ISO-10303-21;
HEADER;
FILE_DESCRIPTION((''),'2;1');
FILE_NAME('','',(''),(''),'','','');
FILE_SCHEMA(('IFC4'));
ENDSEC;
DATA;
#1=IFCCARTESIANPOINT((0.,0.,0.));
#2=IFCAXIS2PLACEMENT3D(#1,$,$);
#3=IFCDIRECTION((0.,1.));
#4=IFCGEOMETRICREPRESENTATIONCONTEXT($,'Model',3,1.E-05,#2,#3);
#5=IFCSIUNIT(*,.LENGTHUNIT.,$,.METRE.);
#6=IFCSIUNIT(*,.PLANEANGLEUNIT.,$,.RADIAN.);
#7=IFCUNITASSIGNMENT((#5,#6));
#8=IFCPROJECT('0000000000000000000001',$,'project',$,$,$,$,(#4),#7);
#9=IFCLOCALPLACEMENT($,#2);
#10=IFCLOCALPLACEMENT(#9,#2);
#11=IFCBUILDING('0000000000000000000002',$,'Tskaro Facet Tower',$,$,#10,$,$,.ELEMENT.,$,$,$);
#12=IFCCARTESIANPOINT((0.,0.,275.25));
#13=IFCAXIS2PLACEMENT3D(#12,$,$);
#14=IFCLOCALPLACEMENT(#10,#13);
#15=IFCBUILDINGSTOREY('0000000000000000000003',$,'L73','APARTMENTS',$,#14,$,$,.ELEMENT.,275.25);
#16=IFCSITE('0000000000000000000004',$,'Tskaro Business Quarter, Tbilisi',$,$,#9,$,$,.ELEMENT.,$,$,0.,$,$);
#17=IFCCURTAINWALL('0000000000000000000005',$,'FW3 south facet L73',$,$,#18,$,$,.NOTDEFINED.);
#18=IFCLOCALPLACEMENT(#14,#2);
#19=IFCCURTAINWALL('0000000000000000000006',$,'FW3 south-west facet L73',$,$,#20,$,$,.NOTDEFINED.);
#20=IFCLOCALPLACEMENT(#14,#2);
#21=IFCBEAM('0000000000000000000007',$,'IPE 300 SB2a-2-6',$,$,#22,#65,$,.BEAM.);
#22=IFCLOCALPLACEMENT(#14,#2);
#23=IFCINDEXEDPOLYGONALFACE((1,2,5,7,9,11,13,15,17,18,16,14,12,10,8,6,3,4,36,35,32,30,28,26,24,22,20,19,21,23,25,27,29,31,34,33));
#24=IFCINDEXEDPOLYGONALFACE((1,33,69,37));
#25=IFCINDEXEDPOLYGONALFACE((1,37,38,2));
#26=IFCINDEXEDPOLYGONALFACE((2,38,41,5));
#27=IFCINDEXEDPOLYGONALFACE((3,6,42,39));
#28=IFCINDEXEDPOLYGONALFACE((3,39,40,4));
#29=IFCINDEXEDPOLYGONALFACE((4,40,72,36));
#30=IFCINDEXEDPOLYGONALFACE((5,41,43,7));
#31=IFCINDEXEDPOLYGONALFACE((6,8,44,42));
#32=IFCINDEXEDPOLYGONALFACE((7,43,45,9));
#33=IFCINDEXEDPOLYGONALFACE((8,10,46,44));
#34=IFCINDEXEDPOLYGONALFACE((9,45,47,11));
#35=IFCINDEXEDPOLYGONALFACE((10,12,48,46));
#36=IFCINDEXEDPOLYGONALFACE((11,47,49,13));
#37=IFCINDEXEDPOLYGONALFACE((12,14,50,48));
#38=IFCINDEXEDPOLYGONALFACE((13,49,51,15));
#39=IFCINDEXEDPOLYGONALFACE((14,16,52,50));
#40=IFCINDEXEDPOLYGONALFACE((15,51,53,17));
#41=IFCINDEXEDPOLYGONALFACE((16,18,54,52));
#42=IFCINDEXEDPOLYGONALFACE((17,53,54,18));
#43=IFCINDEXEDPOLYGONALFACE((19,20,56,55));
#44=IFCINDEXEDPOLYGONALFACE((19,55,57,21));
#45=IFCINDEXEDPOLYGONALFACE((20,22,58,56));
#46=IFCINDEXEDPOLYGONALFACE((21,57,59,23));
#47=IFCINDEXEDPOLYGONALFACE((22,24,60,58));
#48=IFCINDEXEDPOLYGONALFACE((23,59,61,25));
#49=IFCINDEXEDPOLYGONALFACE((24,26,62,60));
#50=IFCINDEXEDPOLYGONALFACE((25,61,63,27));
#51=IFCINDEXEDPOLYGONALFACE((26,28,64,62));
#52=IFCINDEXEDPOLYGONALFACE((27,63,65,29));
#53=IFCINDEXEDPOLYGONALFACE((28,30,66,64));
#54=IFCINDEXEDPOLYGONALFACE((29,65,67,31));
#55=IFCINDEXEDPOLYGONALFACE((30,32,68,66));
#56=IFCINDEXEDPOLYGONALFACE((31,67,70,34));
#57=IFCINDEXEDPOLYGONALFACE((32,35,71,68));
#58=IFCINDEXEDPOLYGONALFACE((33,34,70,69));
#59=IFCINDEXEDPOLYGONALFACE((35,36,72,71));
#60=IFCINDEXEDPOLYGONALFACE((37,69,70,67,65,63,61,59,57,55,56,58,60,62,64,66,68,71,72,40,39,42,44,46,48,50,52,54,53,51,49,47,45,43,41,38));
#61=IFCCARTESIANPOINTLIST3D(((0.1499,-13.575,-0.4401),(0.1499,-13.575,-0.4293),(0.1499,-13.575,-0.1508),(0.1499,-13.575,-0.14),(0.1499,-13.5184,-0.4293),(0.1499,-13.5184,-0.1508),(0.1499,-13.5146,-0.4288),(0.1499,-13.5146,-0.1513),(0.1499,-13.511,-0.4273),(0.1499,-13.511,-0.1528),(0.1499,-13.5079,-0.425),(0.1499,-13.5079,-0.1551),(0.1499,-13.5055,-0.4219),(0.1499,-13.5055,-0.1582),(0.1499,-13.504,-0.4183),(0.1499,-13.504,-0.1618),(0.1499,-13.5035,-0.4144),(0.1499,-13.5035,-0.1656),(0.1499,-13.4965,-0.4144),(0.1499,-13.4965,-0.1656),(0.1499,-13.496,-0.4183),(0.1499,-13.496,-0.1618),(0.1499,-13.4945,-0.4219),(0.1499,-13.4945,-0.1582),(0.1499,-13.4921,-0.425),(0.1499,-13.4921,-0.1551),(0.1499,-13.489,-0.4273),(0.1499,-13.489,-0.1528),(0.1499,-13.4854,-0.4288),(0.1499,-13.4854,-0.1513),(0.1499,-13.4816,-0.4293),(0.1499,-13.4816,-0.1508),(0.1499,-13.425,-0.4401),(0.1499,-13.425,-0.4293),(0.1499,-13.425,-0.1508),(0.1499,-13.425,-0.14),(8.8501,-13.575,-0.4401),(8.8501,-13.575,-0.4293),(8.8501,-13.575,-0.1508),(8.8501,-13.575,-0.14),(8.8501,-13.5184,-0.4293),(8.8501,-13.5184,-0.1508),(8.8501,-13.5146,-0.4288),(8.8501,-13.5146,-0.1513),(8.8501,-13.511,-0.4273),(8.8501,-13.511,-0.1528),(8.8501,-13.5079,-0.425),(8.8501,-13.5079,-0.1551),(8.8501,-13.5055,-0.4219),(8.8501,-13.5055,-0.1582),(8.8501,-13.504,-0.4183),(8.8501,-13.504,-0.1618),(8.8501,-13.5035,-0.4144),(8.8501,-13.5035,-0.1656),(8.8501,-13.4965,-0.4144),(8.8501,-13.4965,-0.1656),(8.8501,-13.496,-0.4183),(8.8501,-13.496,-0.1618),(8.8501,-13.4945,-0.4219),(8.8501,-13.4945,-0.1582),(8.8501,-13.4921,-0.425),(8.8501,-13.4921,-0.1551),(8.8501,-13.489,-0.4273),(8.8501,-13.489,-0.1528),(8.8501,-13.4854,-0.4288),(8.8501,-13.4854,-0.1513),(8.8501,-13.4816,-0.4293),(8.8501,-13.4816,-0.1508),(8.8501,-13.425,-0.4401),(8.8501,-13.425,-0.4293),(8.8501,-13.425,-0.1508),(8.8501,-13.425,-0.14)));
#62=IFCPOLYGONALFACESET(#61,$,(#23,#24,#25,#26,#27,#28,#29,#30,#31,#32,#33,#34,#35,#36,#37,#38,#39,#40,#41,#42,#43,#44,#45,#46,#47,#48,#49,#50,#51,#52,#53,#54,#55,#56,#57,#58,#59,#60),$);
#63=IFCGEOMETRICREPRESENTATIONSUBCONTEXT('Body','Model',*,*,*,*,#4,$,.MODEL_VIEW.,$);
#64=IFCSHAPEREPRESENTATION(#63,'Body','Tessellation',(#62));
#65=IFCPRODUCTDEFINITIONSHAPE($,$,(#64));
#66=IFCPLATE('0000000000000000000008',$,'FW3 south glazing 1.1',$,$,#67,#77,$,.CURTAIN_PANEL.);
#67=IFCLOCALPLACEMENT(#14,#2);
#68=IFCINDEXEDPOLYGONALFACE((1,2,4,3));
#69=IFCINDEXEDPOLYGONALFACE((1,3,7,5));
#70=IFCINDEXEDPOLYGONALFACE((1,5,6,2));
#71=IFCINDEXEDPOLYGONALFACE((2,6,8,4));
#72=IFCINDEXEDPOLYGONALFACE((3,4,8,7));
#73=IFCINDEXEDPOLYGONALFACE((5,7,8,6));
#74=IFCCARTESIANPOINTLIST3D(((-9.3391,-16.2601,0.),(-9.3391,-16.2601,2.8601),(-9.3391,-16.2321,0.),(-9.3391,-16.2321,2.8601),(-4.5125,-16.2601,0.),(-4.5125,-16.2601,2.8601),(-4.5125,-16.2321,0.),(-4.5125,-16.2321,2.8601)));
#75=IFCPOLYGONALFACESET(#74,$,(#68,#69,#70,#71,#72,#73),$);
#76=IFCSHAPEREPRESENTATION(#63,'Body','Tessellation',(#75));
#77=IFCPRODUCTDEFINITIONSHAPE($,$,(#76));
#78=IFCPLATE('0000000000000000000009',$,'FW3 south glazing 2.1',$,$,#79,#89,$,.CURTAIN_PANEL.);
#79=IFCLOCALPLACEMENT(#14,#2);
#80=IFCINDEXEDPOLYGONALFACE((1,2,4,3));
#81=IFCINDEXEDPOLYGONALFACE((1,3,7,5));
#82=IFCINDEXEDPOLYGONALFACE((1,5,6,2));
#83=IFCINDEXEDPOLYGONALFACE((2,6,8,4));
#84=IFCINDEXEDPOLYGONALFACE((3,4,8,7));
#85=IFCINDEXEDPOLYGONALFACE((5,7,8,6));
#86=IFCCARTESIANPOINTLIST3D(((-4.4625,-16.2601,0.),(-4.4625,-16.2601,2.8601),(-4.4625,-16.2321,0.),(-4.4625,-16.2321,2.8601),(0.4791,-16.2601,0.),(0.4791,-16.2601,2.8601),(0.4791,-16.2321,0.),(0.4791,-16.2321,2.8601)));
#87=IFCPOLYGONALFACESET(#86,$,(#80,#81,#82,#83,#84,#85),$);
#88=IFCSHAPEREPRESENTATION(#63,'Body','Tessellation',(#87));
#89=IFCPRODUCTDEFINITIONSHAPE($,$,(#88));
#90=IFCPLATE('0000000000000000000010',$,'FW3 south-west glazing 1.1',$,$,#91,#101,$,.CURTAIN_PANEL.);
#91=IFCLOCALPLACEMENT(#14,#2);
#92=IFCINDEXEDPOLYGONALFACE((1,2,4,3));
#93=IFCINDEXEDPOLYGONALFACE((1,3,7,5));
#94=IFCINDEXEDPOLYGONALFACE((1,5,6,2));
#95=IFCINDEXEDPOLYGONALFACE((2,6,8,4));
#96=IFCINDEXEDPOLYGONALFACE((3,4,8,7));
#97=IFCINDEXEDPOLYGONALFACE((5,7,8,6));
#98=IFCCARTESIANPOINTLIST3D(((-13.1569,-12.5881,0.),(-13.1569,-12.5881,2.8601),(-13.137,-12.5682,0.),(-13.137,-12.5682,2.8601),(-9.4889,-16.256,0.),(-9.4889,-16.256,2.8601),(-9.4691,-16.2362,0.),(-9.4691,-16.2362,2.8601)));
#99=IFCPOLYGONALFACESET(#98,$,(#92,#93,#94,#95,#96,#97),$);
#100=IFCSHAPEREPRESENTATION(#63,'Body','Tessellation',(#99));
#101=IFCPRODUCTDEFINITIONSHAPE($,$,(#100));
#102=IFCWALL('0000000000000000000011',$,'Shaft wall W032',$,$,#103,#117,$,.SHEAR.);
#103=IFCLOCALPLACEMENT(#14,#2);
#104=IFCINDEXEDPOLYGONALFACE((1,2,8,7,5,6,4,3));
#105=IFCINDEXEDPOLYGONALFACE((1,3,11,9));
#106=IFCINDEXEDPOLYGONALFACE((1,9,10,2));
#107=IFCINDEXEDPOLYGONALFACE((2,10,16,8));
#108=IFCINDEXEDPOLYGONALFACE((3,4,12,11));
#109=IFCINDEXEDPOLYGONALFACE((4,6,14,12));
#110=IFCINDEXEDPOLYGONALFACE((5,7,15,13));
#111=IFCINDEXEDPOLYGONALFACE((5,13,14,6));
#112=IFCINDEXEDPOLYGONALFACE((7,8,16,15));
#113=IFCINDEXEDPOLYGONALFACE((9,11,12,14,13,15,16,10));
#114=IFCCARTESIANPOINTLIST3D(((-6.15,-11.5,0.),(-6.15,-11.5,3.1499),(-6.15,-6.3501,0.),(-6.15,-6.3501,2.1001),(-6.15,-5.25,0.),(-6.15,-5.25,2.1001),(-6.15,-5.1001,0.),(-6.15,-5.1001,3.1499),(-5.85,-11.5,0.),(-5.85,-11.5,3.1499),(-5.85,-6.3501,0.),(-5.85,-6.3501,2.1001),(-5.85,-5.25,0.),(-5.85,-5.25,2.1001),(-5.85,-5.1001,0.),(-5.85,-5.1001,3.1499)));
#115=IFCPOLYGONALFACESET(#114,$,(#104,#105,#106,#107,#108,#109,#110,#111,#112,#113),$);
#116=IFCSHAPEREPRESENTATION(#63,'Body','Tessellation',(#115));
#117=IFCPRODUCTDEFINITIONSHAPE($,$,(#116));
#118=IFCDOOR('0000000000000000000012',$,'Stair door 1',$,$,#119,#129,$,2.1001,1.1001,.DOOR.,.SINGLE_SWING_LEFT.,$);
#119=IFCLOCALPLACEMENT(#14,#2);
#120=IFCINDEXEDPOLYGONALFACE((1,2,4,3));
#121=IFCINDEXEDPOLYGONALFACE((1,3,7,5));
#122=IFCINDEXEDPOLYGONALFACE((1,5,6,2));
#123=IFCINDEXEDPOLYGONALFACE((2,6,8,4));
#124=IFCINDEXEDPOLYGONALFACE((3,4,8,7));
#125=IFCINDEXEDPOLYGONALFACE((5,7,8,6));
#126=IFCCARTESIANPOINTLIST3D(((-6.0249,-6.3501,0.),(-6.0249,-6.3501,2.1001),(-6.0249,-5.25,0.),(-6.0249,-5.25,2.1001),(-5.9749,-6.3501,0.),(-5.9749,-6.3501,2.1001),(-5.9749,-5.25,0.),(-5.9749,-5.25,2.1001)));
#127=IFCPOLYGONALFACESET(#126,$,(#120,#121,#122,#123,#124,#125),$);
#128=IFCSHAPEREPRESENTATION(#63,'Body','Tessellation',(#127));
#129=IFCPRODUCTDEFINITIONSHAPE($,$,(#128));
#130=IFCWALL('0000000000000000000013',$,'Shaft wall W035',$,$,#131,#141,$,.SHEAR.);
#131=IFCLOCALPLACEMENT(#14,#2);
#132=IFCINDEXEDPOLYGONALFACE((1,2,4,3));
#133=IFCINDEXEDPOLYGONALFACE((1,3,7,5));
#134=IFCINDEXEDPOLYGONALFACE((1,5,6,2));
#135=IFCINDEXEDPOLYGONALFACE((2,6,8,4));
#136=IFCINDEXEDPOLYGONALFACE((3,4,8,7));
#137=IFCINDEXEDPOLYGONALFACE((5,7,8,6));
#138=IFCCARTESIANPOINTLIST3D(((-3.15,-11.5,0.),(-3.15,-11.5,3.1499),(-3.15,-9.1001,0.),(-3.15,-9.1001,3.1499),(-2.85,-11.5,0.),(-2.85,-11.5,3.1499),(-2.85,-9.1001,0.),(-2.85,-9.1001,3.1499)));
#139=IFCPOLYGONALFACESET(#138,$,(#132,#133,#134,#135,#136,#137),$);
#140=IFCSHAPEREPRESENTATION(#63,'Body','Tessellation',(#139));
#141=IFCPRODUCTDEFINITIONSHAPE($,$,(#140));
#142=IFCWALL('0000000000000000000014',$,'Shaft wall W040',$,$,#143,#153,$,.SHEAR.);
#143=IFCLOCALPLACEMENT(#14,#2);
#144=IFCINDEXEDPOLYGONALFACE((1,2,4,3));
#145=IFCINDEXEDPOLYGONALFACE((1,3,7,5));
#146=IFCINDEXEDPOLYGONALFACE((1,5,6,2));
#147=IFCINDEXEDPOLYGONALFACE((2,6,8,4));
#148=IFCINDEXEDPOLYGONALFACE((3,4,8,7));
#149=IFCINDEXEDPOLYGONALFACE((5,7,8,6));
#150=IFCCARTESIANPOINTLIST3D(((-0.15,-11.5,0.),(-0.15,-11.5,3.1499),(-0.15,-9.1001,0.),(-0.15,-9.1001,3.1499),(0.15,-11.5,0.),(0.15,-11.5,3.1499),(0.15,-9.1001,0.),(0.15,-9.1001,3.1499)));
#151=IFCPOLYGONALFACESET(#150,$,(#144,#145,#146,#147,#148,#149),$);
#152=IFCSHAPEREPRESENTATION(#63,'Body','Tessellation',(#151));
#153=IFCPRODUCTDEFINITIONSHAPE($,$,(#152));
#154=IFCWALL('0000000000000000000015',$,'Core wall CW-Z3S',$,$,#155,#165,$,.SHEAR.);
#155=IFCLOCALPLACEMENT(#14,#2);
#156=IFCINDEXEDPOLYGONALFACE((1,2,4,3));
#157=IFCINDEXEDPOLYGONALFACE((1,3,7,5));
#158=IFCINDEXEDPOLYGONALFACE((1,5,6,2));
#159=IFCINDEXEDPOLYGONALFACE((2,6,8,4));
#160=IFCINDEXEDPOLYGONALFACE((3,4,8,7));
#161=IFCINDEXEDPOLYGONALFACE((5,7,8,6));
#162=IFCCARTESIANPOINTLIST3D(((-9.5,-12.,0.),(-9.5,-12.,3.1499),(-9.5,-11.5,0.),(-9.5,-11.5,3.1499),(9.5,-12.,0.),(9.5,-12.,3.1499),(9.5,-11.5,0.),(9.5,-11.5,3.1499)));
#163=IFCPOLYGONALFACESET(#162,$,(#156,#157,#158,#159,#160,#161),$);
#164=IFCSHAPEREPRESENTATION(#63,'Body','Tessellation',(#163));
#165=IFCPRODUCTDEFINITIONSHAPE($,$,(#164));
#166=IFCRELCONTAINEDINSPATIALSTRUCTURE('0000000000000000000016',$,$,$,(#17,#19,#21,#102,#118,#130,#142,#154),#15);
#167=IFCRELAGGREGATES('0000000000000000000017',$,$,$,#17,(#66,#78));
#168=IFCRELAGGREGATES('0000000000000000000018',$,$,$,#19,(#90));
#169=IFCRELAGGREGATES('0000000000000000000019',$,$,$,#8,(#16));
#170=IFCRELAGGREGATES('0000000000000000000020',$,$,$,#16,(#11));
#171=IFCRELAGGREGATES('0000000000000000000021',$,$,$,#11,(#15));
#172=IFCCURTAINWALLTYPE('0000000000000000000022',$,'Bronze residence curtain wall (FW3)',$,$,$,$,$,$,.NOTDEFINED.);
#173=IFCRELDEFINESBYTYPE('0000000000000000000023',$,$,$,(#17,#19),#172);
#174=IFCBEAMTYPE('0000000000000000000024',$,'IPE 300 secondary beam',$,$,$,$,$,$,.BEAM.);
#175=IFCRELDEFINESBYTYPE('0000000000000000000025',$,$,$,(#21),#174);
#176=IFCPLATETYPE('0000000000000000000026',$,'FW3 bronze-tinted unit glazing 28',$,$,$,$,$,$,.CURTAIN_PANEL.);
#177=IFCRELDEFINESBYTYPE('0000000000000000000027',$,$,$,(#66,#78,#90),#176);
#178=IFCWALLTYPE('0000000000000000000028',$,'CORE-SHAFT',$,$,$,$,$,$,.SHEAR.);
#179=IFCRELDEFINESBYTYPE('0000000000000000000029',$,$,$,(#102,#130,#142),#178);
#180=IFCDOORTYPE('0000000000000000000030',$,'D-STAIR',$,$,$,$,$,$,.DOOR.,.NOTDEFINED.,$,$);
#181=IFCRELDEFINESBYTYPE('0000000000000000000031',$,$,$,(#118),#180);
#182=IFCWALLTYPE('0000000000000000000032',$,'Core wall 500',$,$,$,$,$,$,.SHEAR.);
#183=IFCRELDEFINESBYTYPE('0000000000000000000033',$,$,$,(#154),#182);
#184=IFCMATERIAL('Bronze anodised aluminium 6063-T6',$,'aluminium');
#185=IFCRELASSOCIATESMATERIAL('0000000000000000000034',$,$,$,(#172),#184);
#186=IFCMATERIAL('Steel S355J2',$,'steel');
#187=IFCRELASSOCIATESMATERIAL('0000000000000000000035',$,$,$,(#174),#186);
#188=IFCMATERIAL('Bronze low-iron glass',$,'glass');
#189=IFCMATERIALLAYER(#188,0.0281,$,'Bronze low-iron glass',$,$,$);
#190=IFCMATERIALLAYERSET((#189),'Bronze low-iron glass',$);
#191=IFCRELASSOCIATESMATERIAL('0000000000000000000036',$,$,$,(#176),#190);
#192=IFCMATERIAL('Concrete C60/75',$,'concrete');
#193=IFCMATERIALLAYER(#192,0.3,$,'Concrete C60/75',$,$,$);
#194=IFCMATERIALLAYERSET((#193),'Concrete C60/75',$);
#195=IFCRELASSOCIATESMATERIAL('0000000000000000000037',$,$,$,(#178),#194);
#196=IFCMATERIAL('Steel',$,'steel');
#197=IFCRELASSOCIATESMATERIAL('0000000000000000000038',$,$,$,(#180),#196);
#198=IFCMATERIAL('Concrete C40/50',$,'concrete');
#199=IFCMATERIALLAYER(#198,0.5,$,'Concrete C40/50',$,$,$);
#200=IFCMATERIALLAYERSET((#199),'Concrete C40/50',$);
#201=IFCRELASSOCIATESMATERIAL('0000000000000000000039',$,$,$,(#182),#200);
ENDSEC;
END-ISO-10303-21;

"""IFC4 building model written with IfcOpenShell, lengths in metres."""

from ifc_helpers import new_model, si_unit, direction, frame, frame_2d, origin, origin_2d, place, context, subcontext, project, spatial, rectangle, i_section, extrude, material, layer, layer_set, material_profile, profile_set, type_object, element, fill, aggregate, save


model = new_model("IFC4")

# Units and contexts
model_context = context("Model", 3, precision=1e-05, world=origin(), true_north=direction((0.0, 1.0)))
body_context = subcontext(model_context, "Body", "Model", "MODEL_VIEW")
ifc_project = project(units=[si_unit("LENGTHUNIT", "METRE"), si_unit("PLANEANGLEUNIT", "RADIAN")], contexts=[model_context])

# Site, building, storey
site_placement = place(None, origin())
site = spatial("IfcSite", under=ifc_project, at=site_placement, Name="Tskaro Business Quarter, Tbilisi", CompositionType="ELEMENT", RefElevation=0.0)
building_placement = place(site_placement, origin())
building = spatial("IfcBuilding", under=site, at=building_placement, Name="Tskaro Facet Tower", CompositionType="ELEMENT")
storey_placement = place(building_placement, frame((0.0, 0.0, 275.25)))
storey = spatial("IfcBuildingStorey", under=building, at=storey_placement, Name="L73", Description="APARTMENTS", CompositionType="ELEMENT", Elevation=275.25)

# Shared definitions
ifc_material_1 = material(Name="Steel S355J2", Category="steel")

# Curtain walls
ifc_material_2 = material(Name="Bronze anodised aluminium 6063-T6", Category="aluminium")
curtain_wall_type = type_object("IfcCurtainWallType", Name="Bronze residence curtain wall (FW3)", PredefinedType="NOTDEFINED", material=ifc_material_2)
curtain_wall_1_placement = place(storey_placement, origin())
curtain_wall_1 = element("IfcCurtainWall", 1, at=curtain_wall_1_placement, inside=storey, type_object=curtain_wall_type, Name="FW3 south facet L73", PredefinedType="NOTDEFINED")
curtain_wall_2_placement = place(storey_placement, origin())
curtain_wall_2 = element("IfcCurtainWall", 2, at=curtain_wall_2_placement, inside=storey, type_object=curtain_wall_type, Name="FW3 south-west facet L73", PredefinedType="NOTDEFINED")

# Beam
ifc_material_profile_1 = material_profile(ifc_material_1, i_section(OverallWidth=0.1499, OverallDepth=0.3, WebThickness=0.0071, FlangeThickness=0.0107, FilletRadius=0.0149, at=origin_2d()), Name="IPE 300")
ifc_profile_set_1 = profile_set([ifc_material_profile_1], Name="Steel S355J2")
beam_type_1 = type_object("IfcBeamType", Name="IPE 300 secondary beam", PredefinedType="BEAM", material=ifc_profile_set_1)
beam_1_placement = place(storey_placement, frame((0.1499, -13.5, -0.29), z_axis=(1.0, 0.0, 0.0), x_axis=(0.0, 1.0, 0.0)))
element("IfcBeam", 3, at=beam_1_placement, inside=storey, type_object=beam_type_1, Name="IPE 300 SB2a-2-6", PredefinedType="BEAM", context=body_context, shape_type="SweptSolid", body=[
    extrude(i_section(OverallWidth=0.1499, OverallDepth=0.3, WebThickness=0.0071, FlangeThickness=0.0107, FilletRadius=0.0149, at=origin_2d()), origin(), (0.0, 0.0, 1.0), 8.7002),
])

# Plates
ifc_material_3 = material(Name="Bronze low-iron glass", Category="glass")
ifc_layer_1 = layer(ifc_material_3, 0.0281, Name="Bronze low-iron glass")
ifc_layer_set_1 = layer_set([ifc_layer_1], Name="Bronze low-iron glass")
plate_type = type_object("IfcPlateType", Name="FW3 bronze-tinted unit glazing 28", PredefinedType="CURTAIN_PANEL", material=ifc_layer_set_1)
plate_1_placement = place(storey_placement, frame((-6.9258, -16.2461, 0.0), z_axis=(0.0, 0.0, 1.0), x_axis=(1.0, 0.0, 0.0)))
plate_1 = element("IfcPlate", 4, at=plate_1_placement, type_object=plate_type, Name="FW3 south glazing 1.1", PredefinedType="CURTAIN_PANEL", context=body_context, shape_type="SweptSolid", body=[
    extrude(rectangle(XDim=4.8267, YDim=0.0281, at=origin_2d()), origin(), (0.0, 0.0, 1.0), 2.8601),
])
plate_2_placement = place(storey_placement, frame((-1.9917, -16.2461, 0.0), z_axis=(0.0, 0.0, 1.0), x_axis=(1.0, 0.0, 0.0)))
plate_2 = element("IfcPlate", 5, at=plate_2_placement, type_object=plate_type, Name="FW3 south glazing 2.1", PredefinedType="CURTAIN_PANEL", context=body_context, shape_type="SweptSolid", body=[
    extrude(rectangle(XDim=4.9417, YDim=0.0281, at=origin_2d()), origin(), (0.0, 0.0, 1.0), 2.8601),
])
aggregate(curtain_wall_1, [plate_1, plate_2])
plate_3_placement = place(storey_placement, frame((-11.313, -14.4121, 0.0), z_axis=(0.0, 0.0, 1.0), x_axis=(0.707107, -0.707107, 0.0)))
plate_3 = element("IfcPlate", 6, at=plate_3_placement, type_object=plate_type, Name="FW3 south-west glazing 1.1", PredefinedType="CURTAIN_PANEL", context=body_context, shape_type="SweptSolid", body=[
    extrude(rectangle(XDim=5.1873, YDim=0.0281, at=origin_2d()), origin(), (0.0, 0.0, 1.0), 2.8601),
])
aggregate(curtain_wall_2, [plate_3])

# Wall, opening, door
ifc_material_4 = material(Name="Concrete C60/75", Category="concrete")
ifc_layer_2 = layer(ifc_material_4, 0.3, Name="Concrete C60/75")
ifc_layer_set_2 = layer_set([ifc_layer_2], Name="Concrete C60/75")
wall_type_1 = type_object("IfcWallType", Name="CORE-SHAFT", PredefinedType="SHEAR", material=ifc_layer_set_2)
wall_1_placement = place(storey_placement, frame((-6.0, -11.5, 0.0), z_axis=(0.0, 0.0, 1.0), x_axis=(0.0, 1.0, 0.0)))
wall_1 = element("IfcWall", 7, at=wall_1_placement, inside=storey, type_object=wall_type_1, Name="Shaft wall W032", PredefinedType="SHEAR", context=body_context, shape_type="SweptSolid", body=[
    extrude(rectangle(XDim=6.3999, YDim=0.3, at=frame_2d((3.2, 0.0))), origin(), (0.0, 0.0, 1.0), 3.1499),
])
opening_1_placement = place(wall_1_placement, frame((5.1499, 0.0, 0.0)))
opening_1 = element("IfcOpeningElement", 8, at=opening_1_placement, cuts=wall_1, PredefinedType="OPENING", context=body_context, shape_type="SweptSolid", body=[
    extrude(rectangle(XDim=1.1001, YDim=2.1001, at=frame_2d((0.55, 1.05))), frame((0.0, 0.1599, 0.0), z_axis=(0.0, -1.0, 0.0), x_axis=(1.0, 0.0, 0.0)), (0.0, 0.0, 1.0), 0.3201),
])
ifc_material_5 = material(Name="Steel", Category="steel")
door_type_1 = type_object("IfcDoorType", Name="D-STAIR", OperationType="NOTDEFINED", PredefinedType="DOOR", material=ifc_material_5)
door_1_placement = place(opening_1_placement, origin())
door_1 = element("IfcDoor", 9, at=door_1_placement, inside=storey, type_object=door_type_1, Name="Stair door 1", OperationType="SINGLE_SWING_LEFT", OverallHeight=2.1001, OverallWidth=1.1001, PredefinedType="DOOR", context=body_context, shape_type="SweptSolid", body=[
    extrude(rectangle(XDim=1.1001, YDim=2.1001, at=frame_2d((0.55, 1.05))), frame((0.0, 0.0249, 0.0), z_axis=(0.0, -1.0, 0.0), x_axis=(1.0, 0.0, 0.0)), (0.0, 0.0, 1.0), 0.05),
])
fill(opening_1, door_1)

# Walls
for number, where, z_axis, x_axis, name in (
    (10, (-3.0, -11.5, 0.0), (0.0, 0.0, 1.0), (0.0, 1.0, 0.0), "Shaft wall W035"),
    (11, (0.0, -11.5, 0.0), (0.0, 0.0, 1.0), (0.0, 1.0, 0.0), "Shaft wall W040"),
):
    element("IfcWall", number, at=place(storey_placement, frame(where, z_axis=z_axis, x_axis=x_axis)), inside=storey, type_object=wall_type_1, Name=name, PredefinedType="SHEAR", context=body_context, shape_type="SweptSolid", body=[
        extrude(rectangle(XDim=2.3999, YDim=0.3, at=frame_2d((1.2, 0.0))), origin(), (0.0, 0.0, 1.0), 3.1499),
    ])
ifc_material_6 = material(Name="Concrete C40/50", Category="concrete")
ifc_layer_3 = layer(ifc_material_6, 0.5, Name="Concrete C40/50")
ifc_layer_set_3 = layer_set([ifc_layer_3], Name="Concrete C40/50")
wall_type_2 = type_object("IfcWallType", Name="Core wall 500", PredefinedType="SHEAR", material=ifc_layer_set_3)
wall_2_placement = place(storey_placement, frame((-9.5, -11.75, 0.0), z_axis=(0.0, 0.0, 1.0), x_axis=(1.0, 0.0, 0.0)))
element("IfcWall", 12, at=wall_2_placement, inside=storey, type_object=wall_type_2, Name="Core wall CW-Z3S", PredefinedType="SHEAR", context=body_context, shape_type="SweptSolid", body=[
    extrude(rectangle(XDim=19.0, YDim=0.5, at=frame_2d((9.5, 0.0))), origin(), (0.0, 0.0, 1.0), 3.1499),
])

save(model, "model.ifc")
